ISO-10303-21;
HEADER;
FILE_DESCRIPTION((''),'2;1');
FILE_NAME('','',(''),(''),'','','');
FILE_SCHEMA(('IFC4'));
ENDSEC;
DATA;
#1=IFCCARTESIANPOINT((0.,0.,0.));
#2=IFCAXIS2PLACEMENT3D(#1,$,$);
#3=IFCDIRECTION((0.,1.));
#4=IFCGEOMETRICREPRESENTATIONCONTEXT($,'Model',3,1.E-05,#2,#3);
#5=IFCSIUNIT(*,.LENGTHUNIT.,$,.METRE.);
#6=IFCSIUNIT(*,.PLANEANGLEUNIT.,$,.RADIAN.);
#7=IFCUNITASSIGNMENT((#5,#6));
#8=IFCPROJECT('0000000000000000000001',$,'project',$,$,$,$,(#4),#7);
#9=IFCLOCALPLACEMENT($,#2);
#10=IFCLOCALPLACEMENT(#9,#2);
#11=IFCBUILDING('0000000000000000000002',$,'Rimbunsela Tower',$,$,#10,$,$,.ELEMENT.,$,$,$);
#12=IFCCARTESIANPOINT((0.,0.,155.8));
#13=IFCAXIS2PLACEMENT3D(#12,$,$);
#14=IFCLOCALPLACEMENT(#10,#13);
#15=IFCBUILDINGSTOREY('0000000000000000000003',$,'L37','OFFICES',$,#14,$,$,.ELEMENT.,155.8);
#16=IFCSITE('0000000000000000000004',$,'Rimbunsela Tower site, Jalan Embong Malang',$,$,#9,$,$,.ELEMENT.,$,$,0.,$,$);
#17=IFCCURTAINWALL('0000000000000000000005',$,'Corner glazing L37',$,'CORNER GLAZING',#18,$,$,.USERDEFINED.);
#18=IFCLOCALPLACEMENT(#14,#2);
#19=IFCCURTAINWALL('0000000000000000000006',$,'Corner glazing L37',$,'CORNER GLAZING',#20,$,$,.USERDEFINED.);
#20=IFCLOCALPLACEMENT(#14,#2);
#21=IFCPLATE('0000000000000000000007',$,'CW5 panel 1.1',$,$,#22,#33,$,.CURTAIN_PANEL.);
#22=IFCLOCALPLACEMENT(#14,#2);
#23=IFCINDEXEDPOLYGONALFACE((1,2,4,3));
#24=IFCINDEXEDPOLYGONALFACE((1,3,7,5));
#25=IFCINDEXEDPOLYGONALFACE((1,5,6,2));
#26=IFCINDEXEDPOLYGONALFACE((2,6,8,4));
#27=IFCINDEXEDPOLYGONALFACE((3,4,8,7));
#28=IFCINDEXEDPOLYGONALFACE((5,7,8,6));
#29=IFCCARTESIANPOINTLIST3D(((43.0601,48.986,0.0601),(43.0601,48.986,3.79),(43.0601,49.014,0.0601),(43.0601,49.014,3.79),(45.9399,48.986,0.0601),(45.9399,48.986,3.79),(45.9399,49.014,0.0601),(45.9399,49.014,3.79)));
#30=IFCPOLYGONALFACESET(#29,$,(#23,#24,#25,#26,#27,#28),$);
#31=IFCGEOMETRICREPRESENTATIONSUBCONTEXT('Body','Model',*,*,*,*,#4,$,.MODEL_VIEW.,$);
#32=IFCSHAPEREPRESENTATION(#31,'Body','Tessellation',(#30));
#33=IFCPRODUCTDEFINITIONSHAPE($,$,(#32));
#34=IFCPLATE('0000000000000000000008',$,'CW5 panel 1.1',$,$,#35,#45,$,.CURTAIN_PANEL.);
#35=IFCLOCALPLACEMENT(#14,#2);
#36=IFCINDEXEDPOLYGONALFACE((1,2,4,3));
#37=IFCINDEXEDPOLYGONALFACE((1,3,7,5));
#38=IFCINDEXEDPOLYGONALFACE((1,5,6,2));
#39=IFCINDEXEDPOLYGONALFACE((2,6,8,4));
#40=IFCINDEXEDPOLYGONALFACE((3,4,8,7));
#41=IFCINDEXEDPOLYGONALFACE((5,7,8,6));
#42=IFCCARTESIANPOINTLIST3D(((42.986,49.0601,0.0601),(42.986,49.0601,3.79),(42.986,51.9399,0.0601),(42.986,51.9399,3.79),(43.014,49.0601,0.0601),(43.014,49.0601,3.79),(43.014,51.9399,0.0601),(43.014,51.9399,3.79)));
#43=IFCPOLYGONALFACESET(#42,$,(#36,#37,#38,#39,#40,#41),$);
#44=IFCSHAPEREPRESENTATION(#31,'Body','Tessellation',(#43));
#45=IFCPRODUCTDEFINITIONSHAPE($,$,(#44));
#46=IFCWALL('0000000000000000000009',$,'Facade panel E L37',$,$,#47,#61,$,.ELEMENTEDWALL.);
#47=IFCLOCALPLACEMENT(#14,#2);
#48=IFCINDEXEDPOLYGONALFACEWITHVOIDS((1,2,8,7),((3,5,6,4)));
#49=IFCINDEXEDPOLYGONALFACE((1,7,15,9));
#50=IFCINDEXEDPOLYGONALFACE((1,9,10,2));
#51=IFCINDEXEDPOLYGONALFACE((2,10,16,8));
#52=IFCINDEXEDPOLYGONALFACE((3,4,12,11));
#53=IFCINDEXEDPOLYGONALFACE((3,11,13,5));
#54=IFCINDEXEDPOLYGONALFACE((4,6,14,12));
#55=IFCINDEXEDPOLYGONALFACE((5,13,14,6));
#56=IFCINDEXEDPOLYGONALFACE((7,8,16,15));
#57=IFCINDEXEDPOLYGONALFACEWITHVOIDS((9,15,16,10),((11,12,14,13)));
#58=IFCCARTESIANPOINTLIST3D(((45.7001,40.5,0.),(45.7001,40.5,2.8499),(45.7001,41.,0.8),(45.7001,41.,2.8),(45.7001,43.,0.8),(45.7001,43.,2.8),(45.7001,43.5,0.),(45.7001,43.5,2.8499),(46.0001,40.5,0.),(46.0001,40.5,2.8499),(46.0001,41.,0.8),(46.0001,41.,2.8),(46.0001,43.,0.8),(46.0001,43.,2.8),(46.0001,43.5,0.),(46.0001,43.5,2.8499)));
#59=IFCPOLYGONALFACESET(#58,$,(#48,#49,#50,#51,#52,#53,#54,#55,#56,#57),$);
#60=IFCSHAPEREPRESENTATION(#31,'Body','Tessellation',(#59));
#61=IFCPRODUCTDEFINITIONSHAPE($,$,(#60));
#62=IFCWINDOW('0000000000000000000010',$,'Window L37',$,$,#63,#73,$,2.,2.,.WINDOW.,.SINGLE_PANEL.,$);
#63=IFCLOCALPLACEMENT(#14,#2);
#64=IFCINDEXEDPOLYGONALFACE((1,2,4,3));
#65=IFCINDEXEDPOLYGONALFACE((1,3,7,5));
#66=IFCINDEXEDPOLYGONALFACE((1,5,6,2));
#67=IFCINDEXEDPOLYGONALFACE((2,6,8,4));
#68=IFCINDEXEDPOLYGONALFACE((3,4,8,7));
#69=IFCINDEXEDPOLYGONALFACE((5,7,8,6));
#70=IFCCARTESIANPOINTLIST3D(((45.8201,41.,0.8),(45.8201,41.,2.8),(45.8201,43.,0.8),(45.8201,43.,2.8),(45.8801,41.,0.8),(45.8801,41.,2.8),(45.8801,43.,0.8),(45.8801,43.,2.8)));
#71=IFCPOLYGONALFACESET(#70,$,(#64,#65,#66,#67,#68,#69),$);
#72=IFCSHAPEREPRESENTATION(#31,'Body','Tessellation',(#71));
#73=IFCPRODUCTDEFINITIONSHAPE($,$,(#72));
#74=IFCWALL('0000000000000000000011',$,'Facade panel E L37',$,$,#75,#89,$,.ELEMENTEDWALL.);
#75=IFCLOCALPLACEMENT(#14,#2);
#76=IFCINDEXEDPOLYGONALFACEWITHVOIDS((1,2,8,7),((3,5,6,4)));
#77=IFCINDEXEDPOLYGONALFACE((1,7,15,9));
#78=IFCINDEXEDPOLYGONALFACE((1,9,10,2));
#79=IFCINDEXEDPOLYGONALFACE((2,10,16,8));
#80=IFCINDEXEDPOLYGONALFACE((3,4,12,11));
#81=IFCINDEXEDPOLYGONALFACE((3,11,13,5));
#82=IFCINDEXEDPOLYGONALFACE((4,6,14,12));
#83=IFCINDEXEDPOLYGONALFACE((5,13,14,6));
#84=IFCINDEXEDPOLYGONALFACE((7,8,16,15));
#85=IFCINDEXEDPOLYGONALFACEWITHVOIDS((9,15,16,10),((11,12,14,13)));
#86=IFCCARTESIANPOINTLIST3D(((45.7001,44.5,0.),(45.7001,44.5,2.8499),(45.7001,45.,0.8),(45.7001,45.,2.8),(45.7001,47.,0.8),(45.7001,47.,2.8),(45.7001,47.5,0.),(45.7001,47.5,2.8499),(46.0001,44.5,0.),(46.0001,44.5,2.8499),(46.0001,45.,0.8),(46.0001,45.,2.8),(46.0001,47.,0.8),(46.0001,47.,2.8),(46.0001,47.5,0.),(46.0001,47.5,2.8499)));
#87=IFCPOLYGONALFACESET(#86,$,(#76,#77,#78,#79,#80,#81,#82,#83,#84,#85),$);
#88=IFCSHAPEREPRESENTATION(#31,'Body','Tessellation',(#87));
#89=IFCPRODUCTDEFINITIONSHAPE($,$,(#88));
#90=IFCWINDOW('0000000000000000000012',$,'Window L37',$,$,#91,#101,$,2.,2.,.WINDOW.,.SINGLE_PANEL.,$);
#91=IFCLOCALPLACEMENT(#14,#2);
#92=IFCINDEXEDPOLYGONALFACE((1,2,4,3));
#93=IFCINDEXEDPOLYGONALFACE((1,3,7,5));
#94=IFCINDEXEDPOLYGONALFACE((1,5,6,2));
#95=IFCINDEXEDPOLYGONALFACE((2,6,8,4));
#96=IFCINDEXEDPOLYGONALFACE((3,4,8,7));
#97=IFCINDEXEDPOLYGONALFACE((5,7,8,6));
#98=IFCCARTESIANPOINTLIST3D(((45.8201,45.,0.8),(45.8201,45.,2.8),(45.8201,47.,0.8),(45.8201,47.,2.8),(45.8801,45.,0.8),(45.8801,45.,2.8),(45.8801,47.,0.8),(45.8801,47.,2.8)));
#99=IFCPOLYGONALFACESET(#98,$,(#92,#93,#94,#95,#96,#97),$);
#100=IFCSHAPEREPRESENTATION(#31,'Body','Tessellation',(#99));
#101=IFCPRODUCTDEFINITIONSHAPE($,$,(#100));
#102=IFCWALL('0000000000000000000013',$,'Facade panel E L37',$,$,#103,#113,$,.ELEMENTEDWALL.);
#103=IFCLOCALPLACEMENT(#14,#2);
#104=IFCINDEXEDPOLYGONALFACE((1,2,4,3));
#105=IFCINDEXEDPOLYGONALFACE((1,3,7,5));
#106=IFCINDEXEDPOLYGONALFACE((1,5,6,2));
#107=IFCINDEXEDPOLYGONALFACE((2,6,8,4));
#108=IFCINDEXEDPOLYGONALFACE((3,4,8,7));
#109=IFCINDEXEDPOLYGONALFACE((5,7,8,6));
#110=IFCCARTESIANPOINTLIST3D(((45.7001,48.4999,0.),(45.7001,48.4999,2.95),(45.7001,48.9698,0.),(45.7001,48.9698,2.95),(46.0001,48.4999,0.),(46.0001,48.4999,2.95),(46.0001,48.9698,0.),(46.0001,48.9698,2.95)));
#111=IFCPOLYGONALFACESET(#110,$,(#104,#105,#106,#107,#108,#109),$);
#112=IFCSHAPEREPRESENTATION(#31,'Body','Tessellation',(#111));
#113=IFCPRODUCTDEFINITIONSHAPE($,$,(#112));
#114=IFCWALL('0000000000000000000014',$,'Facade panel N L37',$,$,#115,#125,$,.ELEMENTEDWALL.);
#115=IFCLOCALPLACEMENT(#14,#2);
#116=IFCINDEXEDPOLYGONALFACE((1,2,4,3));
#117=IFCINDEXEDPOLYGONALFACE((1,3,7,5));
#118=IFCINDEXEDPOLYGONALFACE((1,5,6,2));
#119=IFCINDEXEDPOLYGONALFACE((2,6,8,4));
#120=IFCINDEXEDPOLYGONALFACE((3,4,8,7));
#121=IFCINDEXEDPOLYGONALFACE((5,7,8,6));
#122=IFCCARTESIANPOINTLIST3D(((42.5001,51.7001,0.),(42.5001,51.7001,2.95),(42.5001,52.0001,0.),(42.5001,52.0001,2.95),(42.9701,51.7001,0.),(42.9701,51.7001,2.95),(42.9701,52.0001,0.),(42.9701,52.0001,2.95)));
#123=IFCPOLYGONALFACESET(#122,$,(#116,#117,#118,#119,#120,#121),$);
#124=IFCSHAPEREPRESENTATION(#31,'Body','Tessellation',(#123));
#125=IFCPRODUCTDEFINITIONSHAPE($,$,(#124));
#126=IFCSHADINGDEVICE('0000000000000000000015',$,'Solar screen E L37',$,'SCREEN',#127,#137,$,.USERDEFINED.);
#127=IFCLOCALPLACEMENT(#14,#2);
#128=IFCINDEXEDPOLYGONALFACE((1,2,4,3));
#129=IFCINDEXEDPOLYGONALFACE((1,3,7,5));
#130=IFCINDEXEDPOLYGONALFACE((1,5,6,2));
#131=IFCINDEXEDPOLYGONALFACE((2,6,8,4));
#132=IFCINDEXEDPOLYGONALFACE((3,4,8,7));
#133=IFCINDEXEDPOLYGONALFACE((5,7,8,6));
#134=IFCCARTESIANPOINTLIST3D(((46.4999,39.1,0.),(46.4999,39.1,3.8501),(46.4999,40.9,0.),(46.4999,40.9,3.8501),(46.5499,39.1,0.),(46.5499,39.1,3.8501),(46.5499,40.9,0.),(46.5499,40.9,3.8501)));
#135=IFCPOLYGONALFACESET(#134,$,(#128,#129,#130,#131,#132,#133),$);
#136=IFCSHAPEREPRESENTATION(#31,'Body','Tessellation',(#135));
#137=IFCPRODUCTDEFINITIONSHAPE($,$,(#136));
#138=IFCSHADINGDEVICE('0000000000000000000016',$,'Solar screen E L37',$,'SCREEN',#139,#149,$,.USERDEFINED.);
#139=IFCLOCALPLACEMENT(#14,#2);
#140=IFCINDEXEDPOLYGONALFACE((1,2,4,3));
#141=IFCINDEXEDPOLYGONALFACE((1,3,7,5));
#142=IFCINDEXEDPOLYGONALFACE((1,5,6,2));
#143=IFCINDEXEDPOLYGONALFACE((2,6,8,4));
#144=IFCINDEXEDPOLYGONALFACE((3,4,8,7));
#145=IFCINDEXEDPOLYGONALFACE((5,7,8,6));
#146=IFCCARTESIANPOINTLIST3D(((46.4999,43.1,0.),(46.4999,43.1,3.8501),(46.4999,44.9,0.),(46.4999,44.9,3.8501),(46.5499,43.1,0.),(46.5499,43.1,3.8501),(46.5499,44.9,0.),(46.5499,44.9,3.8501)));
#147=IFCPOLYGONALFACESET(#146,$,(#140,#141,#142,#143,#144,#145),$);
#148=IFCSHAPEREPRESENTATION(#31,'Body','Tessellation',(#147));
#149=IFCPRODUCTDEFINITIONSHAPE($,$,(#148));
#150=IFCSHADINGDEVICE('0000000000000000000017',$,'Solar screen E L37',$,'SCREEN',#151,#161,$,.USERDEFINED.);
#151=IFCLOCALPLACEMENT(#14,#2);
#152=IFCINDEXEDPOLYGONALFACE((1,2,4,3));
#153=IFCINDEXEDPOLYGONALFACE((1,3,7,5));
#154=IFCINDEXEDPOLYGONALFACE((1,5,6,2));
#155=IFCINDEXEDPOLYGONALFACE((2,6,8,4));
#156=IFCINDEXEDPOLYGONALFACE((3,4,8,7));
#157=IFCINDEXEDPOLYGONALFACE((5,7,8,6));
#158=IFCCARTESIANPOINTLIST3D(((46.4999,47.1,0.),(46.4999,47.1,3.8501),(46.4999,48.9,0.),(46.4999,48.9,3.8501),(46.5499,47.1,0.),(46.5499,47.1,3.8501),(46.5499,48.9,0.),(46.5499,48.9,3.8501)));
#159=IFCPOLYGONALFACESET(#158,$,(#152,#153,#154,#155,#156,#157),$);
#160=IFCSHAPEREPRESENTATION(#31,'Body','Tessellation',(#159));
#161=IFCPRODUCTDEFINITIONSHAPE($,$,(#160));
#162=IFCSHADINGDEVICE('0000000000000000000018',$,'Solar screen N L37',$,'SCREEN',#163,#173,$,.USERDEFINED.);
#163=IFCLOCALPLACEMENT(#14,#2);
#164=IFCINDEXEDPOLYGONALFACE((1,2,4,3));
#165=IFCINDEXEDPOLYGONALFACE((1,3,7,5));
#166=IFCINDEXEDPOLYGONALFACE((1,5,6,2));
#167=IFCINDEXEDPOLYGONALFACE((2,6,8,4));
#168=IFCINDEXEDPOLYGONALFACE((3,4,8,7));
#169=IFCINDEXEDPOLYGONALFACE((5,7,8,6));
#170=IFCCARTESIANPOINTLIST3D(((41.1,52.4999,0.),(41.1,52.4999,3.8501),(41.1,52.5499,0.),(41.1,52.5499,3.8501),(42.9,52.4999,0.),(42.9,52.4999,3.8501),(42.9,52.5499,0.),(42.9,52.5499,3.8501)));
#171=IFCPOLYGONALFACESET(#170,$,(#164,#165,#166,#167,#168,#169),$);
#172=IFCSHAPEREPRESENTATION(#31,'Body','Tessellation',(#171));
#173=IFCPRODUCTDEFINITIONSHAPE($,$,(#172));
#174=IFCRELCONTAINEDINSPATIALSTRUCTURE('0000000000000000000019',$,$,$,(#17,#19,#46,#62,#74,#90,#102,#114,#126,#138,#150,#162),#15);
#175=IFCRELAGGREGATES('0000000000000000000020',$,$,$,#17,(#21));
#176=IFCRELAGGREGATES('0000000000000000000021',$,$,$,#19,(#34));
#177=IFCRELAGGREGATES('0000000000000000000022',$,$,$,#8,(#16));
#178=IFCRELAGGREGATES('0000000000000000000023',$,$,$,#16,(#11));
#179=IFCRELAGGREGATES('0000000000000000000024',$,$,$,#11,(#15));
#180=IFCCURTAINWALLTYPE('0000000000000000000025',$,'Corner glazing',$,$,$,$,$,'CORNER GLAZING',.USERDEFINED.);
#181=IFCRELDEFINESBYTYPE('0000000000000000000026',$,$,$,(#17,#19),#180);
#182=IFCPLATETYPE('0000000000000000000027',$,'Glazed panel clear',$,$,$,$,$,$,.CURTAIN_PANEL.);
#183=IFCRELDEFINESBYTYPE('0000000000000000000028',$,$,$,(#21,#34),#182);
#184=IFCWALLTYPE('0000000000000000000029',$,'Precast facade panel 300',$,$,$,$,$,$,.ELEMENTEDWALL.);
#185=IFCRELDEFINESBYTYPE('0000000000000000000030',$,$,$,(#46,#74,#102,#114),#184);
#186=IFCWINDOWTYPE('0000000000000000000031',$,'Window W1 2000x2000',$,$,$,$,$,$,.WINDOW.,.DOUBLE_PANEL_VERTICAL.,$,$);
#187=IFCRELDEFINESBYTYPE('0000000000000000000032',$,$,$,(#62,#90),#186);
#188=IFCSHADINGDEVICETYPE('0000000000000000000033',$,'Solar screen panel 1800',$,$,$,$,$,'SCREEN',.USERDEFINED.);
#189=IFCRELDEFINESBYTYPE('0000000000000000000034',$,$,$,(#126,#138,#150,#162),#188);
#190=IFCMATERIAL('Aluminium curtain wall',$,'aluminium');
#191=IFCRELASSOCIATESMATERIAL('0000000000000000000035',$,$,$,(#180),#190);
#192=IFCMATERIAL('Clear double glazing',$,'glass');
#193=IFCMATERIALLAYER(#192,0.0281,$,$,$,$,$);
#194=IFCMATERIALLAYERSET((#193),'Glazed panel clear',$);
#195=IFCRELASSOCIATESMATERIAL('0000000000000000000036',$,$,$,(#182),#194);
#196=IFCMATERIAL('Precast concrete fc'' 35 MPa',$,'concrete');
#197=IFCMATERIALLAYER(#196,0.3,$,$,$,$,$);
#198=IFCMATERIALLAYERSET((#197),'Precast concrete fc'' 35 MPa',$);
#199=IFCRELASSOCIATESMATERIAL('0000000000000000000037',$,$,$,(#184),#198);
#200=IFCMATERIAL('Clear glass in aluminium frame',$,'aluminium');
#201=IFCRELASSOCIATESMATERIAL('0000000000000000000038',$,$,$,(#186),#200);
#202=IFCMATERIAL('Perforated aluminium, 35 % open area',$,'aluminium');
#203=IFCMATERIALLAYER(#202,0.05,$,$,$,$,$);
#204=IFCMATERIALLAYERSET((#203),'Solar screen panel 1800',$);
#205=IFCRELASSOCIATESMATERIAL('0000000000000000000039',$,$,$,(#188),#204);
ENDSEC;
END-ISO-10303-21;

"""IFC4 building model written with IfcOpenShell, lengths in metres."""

from ifc_helpers import new_model, si_unit, direction, frame, frame_2d, origin, origin_2d, place, context, subcontext, project, spatial, rectangle, extrude, material, layer, layer_set, type_object, element, fill, aggregate, save


model = new_model("IFC4")

# Units and contexts
model_context = context("Model", 3, precision=1e-05, world=origin(), true_north=direction((0.0, 1.0)))
body_context = subcontext(model_context, "Body", "Model", "MODEL_VIEW")
ifc_project = project(units=[si_unit("LENGTHUNIT", "METRE"), si_unit("PLANEANGLEUNIT", "RADIAN")], contexts=[model_context])

# Site, building, storey
site_placement = place(None, origin())
site = spatial("IfcSite", under=ifc_project, at=site_placement, Name="Rimbunsela Tower site, Jalan Embong Malang", CompositionType="ELEMENT", RefElevation=0.0)
building_placement = place(site_placement, origin())
building = spatial("IfcBuilding", under=site, at=building_placement, Name="Rimbunsela Tower", CompositionType="ELEMENT")
storey_placement = place(building_placement, frame((0.0, 0.0, 155.8)))
storey = spatial("IfcBuildingStorey", under=building, at=storey_placement, Name="L37", Description="OFFICES", CompositionType="ELEMENT", Elevation=155.8)

# Curtain walls
ifc_material_1 = material(Name="Aluminium curtain wall", Category="aluminium")
curtain_wall_type = type_object("IfcCurtainWallType", Name="Corner glazing", ElementType="CORNER GLAZING", PredefinedType="USERDEFINED", material=ifc_material_1)
curtain_wall_1_placement = place(storey_placement, origin())
curtain_wall_1 = element("IfcCurtainWall", 1, at=curtain_wall_1_placement, inside=storey, type_object=curtain_wall_type, Name="Corner glazing L37", ObjectType="CORNER GLAZING", PredefinedType="USERDEFINED")
curtain_wall_2_placement = place(storey_placement, origin())
curtain_wall_2 = element("IfcCurtainWall", 2, at=curtain_wall_2_placement, inside=storey, type_object=curtain_wall_type, Name="Corner glazing L37", ObjectType="CORNER GLAZING", PredefinedType="USERDEFINED")

# Plates
ifc_material_2 = material(Name="Clear double glazing", Category="glass")
ifc_layer_1 = layer(ifc_material_2, 0.0281)
ifc_layer_set_1 = layer_set([ifc_layer_1], Name="Glazed panel clear")
plate_type = type_object("IfcPlateType", Name="Glazed panel clear", PredefinedType="CURTAIN_PANEL", material=ifc_layer_set_1)
plate_1_placement = place(storey_placement, frame((44.5, 49.0, 0.0601), z_axis=(0.0, 0.0, 1.0), x_axis=(-1.0, 0.0, 0.0)))
plate_1 = element("IfcPlate", 3, at=plate_1_placement, type_object=plate_type, Name="CW5 panel 1.1", PredefinedType="CURTAIN_PANEL", context=body_context, shape_type="SweptSolid", body=[
    extrude(rectangle(XDim=2.8799, YDim=0.0281, at=origin_2d()), origin(), (0.0, 0.0, 1.0), 3.73),
])
aggregate(curtain_wall_1, [plate_1])
plate_2_placement = place(storey_placement, frame((43.0, 50.5, 0.0601), z_axis=(0.0, 0.0, 1.0), x_axis=(0.0, 1.0, 0.0)))
plate_2 = element("IfcPlate", 4, at=plate_2_placement, type_object=plate_type, Name="CW5 panel 1.1", PredefinedType="CURTAIN_PANEL", context=body_context, shape_type="SweptSolid", body=[
    extrude(rectangle(XDim=2.8799, YDim=0.0281, at=origin_2d()), origin(), (0.0, 0.0, 1.0), 3.73),
])
aggregate(curtain_wall_2, [plate_2])

# Walls, openings, windows
ifc_material_3 = material(Name="Precast concrete fc' 35 MPa", Category="concrete")
ifc_layer_2 = layer(ifc_material_3, 0.3)
ifc_layer_set_2 = layer_set([ifc_layer_2], Name="Precast concrete fc' 35 MPa")
wall_type = type_object("IfcWallType", Name="Precast facade panel 300", PredefinedType="ELEMENTEDWALL", material=ifc_layer_set_2)
wall_1_placement = place(storey_placement, frame((45.8501, 40.5, 0.0), z_axis=(0.0, 0.0, 1.0), x_axis=(0.0, 1.0, 0.0)))
wall_1 = element("IfcWall", 5, at=wall_1_placement, inside=storey, type_object=wall_type, Name="Facade panel E L37", PredefinedType="ELEMENTEDWALL", context=body_context, shape_type="SweptSolid", body=[
    extrude(rectangle(XDim=3.0, YDim=0.3, at=frame_2d((1.5, 0.0))), origin(), (0.0, 0.0, 1.0), 2.8499),
])
opening_1_placement = place(wall_1_placement, frame((0.5, 0.0, 0.8)))
opening_1 = element("IfcOpeningElement", 6, at=opening_1_placement, cuts=wall_1, PredefinedType="OPENING", context=body_context, shape_type="SweptSolid", body=[
    extrude(rectangle(XDim=2.0, YDim=2.0, at=frame_2d((1.0, 1.0))), frame((0.0, 0.1599, 0.0), z_axis=(0.0, -1.0, 0.0), x_axis=(1.0, 0.0, 0.0)), (0.0, 0.0, 1.0), 0.3201),
])
ifc_material_4 = material(Name="Clear glass in aluminium frame", Category="aluminium")
window_type = type_object("IfcWindowType", Name="Window W1 2000x2000", PartitioningType="DOUBLE_PANEL_VERTICAL", PredefinedType="WINDOW", material=ifc_material_4)
window_1_placement = place(opening_1_placement, origin())
window_1 = element("IfcWindow", 7, at=window_1_placement, inside=storey, type_object=window_type, Name="Window L37", OverallHeight=2.0, OverallWidth=2.0, PartitioningType="SINGLE_PANEL", PredefinedType="WINDOW", context=body_context, shape_type="SweptSolid", body=[
    extrude(rectangle(XDim=2.0, YDim=2.0, at=frame_2d((1.0, 1.0))), frame((0.0, 0.03, 0.0), z_axis=(0.0, -1.0, 0.0), x_axis=(1.0, 0.0, 0.0)), (0.0, 0.0, 1.0), 0.0601),
])
fill(opening_1, window_1)
wall_2_placement = place(storey_placement, frame((45.8501, 44.5, 0.0), z_axis=(0.0, 0.0, 1.0), x_axis=(0.0, 1.0, 0.0)))
wall_2 = element("IfcWall", 8, at=wall_2_placement, inside=storey, type_object=wall_type, Name="Facade panel E L37", PredefinedType="ELEMENTEDWALL", context=body_context, shape_type="SweptSolid", body=[
    extrude(rectangle(XDim=3.0, YDim=0.3, at=frame_2d((1.5, 0.0))), origin(), (0.0, 0.0, 1.0), 2.8499),
])
opening_2_placement = place(wall_2_placement, frame((0.5, 0.0, 0.8)))
opening_2 = element("IfcOpeningElement", 9, at=opening_2_placement, cuts=wall_2, PredefinedType="OPENING", context=body_context, shape_type="SweptSolid", body=[
    extrude(rectangle(XDim=2.0, YDim=2.0, at=frame_2d((1.0, 1.0))), frame((0.0, 0.1599, 0.0), z_axis=(0.0, -1.0, 0.0), x_axis=(1.0, 0.0, 0.0)), (0.0, 0.0, 1.0), 0.3201),
])
window_2_placement = place(opening_2_placement, origin())
window_2 = element("IfcWindow", 10, at=window_2_placement, inside=storey, type_object=window_type, Name="Window L37", OverallHeight=2.0, OverallWidth=2.0, PartitioningType="SINGLE_PANEL", PredefinedType="WINDOW", context=body_context, shape_type="SweptSolid", body=[
    extrude(rectangle(XDim=2.0, YDim=2.0, at=frame_2d((1.0, 1.0))), frame((0.0, 0.03, 0.0), z_axis=(0.0, -1.0, 0.0), x_axis=(1.0, 0.0, 0.0)), (0.0, 0.0, 1.0), 0.0601),
])
fill(opening_2, window_2)

# Walls
for number, where, z_axis, x_axis, name in (
    (11, (45.8501, 48.5, 0.0), (0.0, 0.0, 1.0), (0.0, 1.0, 0.0), "Facade panel E L37"),
    (12, (42.97, 51.8501, 0.0), (0.0, 0.0, 1.0), (-1.0, 0.0, 0.0), "Facade panel N L37"),
):
    element("IfcWall", number, at=place(storey_placement, frame(where, z_axis=z_axis, x_axis=x_axis)), inside=storey, type_object=wall_type, Name=name, PredefinedType="ELEMENTEDWALL", context=body_context, shape_type="SweptSolid", body=[
        extrude(rectangle(XDim=0.47, YDim=0.3, at=frame_2d((0.2349, 0.0))), origin(), (0.0, 0.0, 1.0), 2.95),
    ])

# Shading devices
ifc_material_5 = material(Name="Perforated aluminium, 35 % open area", Category="aluminium")
ifc_layer_3 = layer(ifc_material_5, 0.05)
ifc_layer_set_3 = layer_set([ifc_layer_3], Name="Solar screen panel 1800")
shading_device_type = type_object("IfcShadingDeviceType", Name="Solar screen panel 1800", ElementType="SCREEN", PredefinedType="USERDEFINED", material=ifc_layer_set_3)
for number, where, z_axis, x_axis, name in (
    (13, (46.5249, 40.0, 0.0), (0.0, 0.0, 1.0), (0.0, 1.0, 0.0), "Solar screen E L37"),
    (14, (46.5249, 44.0, 0.0), (0.0, 0.0, 1.0), (0.0, 1.0, 0.0), "Solar screen E L37"),
    (15, (46.5249, 48.0, 0.0), (0.0, 0.0, 1.0), (0.0, 1.0, 0.0), "Solar screen E L37"),
    (16, (42.0, 52.5249, 0.0), (0.0, 0.0, 1.0), (1.0, 0.0, 0.0), "Solar screen N L37"),
):
    element("IfcShadingDevice", number, at=place(storey_placement, frame(where, z_axis=z_axis, x_axis=x_axis)), inside=storey, type_object=shading_device_type, Name=name, ObjectType="SCREEN", PredefinedType="USERDEFINED", context=body_context, shape_type="SweptSolid", body=[
        extrude(rectangle(XDim=1.8, YDim=0.05, at=origin_2d()), origin(), (0.0, 0.0, 1.0), 3.8501),
    ])

save(model, "model.ifc")
